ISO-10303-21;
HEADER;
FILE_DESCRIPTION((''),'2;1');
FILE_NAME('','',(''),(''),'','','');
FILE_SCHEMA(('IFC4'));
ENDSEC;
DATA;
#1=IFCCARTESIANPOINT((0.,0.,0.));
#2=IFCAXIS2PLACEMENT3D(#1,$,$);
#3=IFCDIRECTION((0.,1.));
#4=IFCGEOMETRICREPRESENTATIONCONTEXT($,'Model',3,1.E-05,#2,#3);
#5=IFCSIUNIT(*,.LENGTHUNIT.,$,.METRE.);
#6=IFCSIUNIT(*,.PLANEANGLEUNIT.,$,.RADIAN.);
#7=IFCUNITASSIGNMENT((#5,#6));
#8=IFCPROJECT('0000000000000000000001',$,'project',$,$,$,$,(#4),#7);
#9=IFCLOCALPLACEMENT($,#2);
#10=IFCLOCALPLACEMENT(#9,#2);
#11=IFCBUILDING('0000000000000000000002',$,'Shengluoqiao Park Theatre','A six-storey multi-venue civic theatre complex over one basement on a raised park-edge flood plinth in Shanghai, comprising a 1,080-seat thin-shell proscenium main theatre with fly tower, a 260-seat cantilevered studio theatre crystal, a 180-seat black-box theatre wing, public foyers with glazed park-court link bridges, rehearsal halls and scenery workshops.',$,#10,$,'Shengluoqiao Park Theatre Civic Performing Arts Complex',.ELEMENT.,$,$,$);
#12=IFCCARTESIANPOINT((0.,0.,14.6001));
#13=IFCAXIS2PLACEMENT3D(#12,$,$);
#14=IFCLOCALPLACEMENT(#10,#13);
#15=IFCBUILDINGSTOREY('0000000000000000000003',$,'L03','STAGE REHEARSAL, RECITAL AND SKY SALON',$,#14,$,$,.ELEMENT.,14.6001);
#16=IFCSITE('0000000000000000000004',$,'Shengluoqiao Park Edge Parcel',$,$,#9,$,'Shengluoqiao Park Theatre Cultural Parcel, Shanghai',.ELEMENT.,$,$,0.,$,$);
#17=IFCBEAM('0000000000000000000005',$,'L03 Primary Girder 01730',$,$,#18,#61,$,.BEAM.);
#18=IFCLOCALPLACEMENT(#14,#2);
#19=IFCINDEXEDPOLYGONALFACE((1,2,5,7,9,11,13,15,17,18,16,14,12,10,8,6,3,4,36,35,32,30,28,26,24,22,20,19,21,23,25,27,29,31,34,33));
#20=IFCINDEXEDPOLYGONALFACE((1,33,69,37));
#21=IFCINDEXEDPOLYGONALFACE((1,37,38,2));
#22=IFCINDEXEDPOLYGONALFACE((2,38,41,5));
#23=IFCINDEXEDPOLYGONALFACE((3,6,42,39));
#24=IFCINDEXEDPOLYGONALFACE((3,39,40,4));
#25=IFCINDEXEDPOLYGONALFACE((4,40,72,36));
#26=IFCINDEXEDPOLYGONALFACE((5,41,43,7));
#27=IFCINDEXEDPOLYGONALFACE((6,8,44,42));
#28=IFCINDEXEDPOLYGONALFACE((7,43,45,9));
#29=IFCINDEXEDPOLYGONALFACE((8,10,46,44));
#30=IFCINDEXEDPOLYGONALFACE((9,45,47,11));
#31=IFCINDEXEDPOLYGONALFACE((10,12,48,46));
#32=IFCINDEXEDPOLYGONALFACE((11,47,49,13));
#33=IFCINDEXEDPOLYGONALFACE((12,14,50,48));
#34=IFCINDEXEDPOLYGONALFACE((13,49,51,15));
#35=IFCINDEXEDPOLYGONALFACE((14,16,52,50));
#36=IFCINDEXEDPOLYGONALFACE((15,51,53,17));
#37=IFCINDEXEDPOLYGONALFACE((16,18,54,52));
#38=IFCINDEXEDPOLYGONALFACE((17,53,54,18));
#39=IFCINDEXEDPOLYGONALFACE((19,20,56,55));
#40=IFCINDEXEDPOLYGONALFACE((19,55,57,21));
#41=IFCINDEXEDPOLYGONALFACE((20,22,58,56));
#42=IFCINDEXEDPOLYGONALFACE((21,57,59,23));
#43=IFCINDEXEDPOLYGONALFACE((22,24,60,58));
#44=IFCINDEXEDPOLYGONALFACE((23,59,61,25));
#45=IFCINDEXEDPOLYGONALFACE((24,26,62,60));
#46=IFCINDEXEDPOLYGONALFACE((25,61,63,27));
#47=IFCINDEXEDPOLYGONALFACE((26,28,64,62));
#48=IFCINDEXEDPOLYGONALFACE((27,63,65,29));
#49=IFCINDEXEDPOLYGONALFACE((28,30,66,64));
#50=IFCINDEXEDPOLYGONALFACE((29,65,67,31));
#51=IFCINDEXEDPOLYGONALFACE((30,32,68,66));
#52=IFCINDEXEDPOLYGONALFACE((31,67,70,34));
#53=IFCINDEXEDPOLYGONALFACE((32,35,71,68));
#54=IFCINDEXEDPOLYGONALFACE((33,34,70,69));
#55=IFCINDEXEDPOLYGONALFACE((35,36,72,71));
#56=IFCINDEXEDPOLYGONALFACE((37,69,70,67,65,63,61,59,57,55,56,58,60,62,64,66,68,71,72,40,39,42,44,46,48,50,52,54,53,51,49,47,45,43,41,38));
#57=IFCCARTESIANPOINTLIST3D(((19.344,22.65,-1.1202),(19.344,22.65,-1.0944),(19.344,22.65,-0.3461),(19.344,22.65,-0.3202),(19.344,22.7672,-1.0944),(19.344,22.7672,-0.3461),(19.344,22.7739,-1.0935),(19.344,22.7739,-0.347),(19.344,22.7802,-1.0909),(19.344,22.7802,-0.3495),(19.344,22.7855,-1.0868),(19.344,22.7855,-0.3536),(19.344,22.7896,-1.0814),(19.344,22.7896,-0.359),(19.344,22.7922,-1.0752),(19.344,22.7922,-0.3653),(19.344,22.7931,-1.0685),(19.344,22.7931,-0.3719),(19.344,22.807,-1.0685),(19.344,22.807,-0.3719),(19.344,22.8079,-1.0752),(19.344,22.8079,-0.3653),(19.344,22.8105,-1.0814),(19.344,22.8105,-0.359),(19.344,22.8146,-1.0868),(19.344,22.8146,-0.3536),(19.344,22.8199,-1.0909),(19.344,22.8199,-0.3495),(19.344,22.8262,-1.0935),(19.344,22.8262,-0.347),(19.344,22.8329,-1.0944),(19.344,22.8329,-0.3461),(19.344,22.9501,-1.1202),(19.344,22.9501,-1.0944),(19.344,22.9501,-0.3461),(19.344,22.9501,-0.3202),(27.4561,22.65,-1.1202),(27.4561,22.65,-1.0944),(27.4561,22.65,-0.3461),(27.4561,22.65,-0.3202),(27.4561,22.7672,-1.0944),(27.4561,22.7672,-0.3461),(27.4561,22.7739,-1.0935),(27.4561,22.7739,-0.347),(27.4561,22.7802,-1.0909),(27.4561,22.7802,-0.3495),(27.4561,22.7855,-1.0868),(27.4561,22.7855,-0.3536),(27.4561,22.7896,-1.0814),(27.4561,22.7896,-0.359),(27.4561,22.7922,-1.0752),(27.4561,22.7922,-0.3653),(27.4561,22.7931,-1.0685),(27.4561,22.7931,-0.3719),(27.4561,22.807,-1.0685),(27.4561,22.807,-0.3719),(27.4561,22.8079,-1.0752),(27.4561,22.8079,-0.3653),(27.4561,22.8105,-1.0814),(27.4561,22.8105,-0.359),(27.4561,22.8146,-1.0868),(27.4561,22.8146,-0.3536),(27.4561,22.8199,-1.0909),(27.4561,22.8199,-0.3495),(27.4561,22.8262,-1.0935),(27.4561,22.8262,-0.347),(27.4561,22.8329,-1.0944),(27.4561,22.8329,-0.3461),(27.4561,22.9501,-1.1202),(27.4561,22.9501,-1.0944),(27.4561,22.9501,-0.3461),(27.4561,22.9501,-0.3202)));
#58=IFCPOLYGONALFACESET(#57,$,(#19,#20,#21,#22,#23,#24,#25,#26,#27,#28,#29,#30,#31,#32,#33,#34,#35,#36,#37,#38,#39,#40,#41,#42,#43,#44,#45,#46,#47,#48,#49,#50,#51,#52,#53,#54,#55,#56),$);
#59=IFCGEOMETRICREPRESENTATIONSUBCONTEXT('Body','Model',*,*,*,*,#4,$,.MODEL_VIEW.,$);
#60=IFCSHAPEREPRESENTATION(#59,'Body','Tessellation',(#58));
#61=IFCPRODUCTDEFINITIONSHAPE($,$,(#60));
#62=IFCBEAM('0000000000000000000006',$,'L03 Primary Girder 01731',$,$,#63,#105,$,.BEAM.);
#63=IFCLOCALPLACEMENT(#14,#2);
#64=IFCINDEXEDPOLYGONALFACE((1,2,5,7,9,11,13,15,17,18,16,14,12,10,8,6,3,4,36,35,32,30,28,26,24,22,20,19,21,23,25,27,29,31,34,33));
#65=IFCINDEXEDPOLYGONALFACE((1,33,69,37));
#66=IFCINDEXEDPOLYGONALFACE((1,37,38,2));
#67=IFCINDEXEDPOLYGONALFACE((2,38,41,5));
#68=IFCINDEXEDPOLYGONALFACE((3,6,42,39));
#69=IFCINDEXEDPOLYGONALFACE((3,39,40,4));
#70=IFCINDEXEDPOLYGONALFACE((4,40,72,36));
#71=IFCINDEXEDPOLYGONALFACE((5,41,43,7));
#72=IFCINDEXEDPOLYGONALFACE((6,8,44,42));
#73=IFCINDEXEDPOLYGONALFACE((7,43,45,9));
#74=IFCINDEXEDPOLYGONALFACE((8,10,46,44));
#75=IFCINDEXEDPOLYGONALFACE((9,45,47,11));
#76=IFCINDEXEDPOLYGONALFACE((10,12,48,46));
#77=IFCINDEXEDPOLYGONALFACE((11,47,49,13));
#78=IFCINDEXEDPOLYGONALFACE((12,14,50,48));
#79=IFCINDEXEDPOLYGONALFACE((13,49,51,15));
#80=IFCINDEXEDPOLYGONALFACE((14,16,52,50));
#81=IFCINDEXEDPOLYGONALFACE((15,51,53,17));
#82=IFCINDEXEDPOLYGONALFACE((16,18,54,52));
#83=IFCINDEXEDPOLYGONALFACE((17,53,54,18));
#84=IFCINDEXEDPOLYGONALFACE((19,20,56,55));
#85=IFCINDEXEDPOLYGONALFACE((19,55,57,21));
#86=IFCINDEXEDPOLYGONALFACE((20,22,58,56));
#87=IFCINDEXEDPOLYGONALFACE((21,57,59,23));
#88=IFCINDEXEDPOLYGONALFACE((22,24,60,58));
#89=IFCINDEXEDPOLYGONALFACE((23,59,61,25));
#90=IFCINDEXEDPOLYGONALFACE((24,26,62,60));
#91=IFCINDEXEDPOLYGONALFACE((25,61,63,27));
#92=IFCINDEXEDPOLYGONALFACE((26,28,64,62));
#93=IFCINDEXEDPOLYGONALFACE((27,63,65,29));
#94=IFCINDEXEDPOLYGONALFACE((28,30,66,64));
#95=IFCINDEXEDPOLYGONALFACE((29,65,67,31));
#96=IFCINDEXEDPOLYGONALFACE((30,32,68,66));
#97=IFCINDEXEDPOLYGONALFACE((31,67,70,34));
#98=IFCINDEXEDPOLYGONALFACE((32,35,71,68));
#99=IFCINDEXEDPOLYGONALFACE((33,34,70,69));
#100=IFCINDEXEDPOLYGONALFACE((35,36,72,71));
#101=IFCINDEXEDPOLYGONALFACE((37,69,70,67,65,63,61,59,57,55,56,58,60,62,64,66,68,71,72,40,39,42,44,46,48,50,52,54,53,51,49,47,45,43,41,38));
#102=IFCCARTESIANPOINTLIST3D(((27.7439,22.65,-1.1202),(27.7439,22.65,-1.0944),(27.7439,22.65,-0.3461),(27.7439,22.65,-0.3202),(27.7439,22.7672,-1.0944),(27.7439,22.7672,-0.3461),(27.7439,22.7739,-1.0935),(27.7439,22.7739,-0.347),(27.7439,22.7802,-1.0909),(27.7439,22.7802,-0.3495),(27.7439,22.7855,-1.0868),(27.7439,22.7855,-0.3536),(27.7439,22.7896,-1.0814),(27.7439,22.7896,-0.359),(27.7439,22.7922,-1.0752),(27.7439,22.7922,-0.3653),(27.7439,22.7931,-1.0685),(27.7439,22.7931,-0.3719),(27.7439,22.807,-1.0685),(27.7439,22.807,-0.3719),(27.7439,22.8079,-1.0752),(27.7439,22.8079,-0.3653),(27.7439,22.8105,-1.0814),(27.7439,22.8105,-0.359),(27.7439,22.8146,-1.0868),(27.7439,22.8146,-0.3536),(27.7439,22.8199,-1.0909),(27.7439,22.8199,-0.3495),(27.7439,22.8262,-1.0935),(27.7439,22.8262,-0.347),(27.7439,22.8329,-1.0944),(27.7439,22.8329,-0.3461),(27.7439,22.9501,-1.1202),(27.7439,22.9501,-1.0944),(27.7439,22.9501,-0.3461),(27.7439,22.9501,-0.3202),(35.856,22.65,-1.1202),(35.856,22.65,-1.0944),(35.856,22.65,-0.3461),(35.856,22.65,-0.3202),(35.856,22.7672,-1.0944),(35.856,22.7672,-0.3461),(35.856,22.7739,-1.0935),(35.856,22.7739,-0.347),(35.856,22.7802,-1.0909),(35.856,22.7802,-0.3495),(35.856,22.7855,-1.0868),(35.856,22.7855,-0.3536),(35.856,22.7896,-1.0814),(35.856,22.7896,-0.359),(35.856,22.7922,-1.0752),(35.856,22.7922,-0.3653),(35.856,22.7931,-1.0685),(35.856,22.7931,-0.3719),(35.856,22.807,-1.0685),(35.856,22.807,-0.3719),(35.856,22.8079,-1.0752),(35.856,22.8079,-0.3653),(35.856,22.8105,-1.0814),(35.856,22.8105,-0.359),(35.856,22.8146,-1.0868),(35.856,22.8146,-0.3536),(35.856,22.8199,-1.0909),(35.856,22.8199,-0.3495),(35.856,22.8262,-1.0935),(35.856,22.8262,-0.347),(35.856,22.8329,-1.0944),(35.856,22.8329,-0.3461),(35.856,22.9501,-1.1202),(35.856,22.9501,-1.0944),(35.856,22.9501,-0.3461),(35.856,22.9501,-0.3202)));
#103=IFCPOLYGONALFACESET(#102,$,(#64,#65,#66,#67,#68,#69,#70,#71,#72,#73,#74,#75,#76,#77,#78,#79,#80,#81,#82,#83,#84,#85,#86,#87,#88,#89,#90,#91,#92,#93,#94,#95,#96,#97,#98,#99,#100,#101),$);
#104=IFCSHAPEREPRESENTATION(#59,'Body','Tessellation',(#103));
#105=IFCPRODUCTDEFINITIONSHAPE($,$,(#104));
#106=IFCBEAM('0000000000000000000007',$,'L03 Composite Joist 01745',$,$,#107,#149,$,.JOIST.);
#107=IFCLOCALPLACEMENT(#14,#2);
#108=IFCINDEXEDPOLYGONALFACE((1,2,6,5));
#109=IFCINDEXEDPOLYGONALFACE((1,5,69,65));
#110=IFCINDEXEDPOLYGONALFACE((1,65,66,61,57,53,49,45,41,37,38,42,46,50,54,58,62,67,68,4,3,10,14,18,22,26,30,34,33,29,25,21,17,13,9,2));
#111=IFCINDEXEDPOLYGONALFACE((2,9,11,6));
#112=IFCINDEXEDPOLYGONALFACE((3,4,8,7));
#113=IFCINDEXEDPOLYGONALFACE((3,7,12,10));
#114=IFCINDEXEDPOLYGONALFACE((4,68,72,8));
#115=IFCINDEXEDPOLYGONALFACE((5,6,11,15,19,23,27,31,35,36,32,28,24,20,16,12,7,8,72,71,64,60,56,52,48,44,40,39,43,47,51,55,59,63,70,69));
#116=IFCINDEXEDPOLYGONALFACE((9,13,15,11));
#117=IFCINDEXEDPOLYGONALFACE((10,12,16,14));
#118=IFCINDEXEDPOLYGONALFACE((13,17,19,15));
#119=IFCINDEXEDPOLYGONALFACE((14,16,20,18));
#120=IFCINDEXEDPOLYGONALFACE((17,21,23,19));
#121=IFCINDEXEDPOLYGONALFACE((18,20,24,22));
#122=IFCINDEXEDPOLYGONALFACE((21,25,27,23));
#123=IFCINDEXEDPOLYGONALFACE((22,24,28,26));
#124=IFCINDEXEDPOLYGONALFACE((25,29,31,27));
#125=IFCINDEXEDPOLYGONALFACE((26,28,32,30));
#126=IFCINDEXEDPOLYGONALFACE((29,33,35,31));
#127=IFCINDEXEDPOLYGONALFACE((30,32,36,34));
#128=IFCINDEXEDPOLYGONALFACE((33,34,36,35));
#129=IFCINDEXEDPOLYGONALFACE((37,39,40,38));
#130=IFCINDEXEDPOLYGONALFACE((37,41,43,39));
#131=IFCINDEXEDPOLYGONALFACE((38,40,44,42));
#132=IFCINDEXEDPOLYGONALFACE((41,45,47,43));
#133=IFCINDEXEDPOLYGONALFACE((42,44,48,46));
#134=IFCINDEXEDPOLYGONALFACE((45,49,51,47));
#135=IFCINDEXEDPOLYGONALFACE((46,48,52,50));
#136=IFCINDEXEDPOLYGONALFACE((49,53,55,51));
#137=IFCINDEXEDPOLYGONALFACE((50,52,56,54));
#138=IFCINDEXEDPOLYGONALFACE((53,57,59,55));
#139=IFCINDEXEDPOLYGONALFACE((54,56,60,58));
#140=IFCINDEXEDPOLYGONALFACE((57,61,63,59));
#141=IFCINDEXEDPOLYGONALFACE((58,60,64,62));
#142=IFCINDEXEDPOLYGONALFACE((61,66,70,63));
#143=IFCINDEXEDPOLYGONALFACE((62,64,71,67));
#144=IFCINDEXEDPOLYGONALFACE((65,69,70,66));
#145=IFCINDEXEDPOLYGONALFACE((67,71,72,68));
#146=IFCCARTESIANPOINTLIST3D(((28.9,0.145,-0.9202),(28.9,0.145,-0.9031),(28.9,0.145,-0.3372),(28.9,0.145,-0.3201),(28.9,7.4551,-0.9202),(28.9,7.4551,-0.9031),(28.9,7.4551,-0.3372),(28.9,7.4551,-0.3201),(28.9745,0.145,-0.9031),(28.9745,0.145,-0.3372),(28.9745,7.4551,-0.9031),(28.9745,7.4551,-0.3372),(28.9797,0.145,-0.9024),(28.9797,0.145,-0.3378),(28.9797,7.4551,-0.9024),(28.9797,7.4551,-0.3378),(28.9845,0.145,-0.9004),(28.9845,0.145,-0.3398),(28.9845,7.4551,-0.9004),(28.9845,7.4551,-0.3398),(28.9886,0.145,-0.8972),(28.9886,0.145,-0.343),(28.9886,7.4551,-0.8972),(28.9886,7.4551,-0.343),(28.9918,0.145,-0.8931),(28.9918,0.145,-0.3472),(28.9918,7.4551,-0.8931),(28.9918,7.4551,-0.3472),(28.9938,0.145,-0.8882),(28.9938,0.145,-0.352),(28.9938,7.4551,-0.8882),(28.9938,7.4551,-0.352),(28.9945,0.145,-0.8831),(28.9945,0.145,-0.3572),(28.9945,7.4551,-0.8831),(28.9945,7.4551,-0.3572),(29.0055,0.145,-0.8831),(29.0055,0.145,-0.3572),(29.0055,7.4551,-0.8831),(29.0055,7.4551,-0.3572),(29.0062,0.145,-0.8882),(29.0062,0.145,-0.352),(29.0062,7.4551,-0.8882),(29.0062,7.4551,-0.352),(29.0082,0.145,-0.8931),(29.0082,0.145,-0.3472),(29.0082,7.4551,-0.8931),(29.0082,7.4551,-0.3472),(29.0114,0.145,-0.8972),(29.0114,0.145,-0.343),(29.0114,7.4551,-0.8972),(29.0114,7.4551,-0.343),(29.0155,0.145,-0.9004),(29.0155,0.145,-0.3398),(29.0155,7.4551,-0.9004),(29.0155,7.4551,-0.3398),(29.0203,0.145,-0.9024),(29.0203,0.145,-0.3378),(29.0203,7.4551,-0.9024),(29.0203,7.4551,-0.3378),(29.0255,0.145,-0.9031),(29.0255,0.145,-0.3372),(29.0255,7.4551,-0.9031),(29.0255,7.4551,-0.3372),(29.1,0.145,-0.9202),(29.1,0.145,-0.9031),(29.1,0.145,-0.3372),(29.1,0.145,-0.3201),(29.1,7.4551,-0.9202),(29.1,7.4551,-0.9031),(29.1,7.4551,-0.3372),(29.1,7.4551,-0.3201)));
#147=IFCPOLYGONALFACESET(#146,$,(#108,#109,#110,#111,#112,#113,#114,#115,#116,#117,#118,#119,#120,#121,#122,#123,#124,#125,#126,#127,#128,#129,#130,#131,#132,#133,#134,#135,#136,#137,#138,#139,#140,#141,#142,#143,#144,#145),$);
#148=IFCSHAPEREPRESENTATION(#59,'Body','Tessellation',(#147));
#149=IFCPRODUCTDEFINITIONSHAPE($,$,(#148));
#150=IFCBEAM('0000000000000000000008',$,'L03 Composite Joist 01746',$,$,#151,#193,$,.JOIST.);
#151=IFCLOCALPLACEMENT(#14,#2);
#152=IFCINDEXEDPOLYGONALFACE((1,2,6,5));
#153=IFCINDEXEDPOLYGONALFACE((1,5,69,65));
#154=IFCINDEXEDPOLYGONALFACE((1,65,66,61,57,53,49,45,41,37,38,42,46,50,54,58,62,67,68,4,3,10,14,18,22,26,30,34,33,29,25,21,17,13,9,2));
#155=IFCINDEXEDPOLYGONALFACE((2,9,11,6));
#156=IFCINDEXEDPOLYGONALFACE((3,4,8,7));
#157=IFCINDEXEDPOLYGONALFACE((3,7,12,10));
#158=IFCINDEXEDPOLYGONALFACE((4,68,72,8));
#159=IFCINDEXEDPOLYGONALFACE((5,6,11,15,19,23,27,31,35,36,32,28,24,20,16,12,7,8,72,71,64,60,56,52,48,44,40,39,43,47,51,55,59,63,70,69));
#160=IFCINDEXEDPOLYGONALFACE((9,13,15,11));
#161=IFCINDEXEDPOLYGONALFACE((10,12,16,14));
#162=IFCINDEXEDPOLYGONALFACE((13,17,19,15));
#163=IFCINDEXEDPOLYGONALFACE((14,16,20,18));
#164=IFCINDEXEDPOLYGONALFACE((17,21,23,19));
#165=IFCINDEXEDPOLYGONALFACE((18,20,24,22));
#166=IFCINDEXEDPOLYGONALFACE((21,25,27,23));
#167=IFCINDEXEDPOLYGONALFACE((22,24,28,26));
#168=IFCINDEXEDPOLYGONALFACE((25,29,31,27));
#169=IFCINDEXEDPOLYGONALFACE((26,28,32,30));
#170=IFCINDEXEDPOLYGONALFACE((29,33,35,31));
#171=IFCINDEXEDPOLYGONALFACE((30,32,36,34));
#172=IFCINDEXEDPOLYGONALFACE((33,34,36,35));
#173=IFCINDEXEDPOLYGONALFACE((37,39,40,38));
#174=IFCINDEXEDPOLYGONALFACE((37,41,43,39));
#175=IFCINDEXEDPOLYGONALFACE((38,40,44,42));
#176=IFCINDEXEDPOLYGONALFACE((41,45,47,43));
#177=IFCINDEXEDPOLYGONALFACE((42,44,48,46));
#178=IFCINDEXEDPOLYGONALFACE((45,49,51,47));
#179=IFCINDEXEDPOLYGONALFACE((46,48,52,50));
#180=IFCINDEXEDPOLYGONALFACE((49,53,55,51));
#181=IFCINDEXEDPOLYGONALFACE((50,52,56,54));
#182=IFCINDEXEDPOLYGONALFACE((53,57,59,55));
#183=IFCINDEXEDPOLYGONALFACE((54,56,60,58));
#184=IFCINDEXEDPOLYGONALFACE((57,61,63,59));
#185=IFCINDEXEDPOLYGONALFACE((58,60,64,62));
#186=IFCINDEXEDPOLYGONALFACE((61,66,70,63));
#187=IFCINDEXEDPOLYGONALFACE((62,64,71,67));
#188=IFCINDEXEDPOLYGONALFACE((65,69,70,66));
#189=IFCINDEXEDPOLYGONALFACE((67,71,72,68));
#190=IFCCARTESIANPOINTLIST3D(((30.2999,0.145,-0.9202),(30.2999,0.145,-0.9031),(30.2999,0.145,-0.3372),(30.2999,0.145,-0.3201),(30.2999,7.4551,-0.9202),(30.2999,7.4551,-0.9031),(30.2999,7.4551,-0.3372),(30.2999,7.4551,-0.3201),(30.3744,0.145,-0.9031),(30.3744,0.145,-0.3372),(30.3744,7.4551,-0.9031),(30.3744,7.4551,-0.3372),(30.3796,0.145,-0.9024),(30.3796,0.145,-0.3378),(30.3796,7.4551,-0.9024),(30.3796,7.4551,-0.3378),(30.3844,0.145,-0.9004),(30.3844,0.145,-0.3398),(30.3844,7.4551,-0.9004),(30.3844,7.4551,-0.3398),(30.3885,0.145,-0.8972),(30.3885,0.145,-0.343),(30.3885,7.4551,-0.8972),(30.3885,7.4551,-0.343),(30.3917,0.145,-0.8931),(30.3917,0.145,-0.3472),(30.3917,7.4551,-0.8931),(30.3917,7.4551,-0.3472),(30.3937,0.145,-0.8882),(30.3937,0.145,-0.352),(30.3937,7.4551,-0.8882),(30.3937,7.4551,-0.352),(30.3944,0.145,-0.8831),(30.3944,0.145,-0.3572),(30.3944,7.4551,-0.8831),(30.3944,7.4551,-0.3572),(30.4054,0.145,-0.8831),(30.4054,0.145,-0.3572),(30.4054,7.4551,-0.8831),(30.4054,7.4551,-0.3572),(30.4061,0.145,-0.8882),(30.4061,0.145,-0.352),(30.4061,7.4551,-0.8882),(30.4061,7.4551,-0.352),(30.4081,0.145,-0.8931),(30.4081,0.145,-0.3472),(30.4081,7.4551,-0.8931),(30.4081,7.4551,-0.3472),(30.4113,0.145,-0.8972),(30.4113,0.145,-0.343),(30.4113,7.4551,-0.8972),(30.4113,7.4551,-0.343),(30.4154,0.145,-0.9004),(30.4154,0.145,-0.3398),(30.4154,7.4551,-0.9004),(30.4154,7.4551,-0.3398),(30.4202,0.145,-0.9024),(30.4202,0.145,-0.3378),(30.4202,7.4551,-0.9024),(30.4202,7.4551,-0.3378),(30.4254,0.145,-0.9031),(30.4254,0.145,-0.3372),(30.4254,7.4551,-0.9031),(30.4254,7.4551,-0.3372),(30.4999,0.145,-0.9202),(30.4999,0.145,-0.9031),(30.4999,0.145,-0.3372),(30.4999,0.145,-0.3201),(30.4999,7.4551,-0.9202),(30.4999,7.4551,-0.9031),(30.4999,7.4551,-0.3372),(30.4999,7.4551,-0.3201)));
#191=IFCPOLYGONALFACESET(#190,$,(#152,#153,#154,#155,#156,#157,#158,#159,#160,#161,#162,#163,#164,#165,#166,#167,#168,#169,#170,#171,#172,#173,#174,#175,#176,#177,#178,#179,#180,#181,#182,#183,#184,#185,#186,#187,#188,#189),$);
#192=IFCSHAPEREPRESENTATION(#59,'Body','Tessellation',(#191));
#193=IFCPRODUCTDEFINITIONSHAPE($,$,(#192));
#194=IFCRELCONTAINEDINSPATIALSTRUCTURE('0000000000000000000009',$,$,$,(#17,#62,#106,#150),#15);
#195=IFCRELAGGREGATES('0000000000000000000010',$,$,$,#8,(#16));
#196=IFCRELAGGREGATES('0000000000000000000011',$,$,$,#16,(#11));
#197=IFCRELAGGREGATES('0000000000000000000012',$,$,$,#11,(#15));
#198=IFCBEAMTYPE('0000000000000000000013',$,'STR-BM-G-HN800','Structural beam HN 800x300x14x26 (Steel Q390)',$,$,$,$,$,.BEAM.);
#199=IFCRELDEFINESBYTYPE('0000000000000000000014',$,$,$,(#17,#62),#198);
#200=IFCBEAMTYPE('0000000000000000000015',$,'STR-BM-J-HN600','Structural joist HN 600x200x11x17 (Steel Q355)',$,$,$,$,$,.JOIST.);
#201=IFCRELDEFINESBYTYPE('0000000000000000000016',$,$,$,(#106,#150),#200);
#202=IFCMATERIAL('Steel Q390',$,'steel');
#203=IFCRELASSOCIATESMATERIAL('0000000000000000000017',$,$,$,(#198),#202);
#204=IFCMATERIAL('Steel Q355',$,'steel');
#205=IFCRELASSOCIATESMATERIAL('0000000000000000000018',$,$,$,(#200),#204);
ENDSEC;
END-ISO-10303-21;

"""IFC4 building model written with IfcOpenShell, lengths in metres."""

from ifc_helpers import new_model, si_unit, direction, frame, origin, origin_2d, place, context, subcontext, project, spatial, i_section, extrude, material, material_profile, profile_set, type_object, element, save


model = new_model("IFC4")

# Units and contexts
model_context = context("Model", 3, precision=1e-05, world=origin(), true_north=direction((0.0, 1.0)))
body_context = subcontext(model_context, "Body", "Model", "MODEL_VIEW")
ifc_project = project(units=[si_unit("LENGTHUNIT", "METRE"), si_unit("PLANEANGLEUNIT", "RADIAN")], contexts=[model_context])

# Site, building, storey
site_placement = place(None, origin())
site = spatial("IfcSite", under=ifc_project, at=site_placement, Name="Shengluoqiao Park Edge Parcel", LongName="Shengluoqiao Park Theatre Cultural Parcel, Shanghai", CompositionType="ELEMENT", RefElevation=0.0)
building_placement = place(site_placement, origin())
building = spatial("IfcBuilding", under=site, at=building_placement, Name="Shengluoqiao Park Theatre", Description="A six-storey multi-venue civic theatre complex over one basement on a raised park-edge flood plinth in Shanghai, comprising a 1,080-seat thin-shell proscenium main theatre with fly tower, a 260-seat cantilevered studio theatre crystal, a 180-seat black-box theatre wing, public foyers with glazed park-court link bridges, rehearsal halls and scenery workshops.", LongName="Shengluoqiao Park Theatre Civic Performing Arts Complex", CompositionType="ELEMENT")
storey_placement = place(building_placement, frame((0.0, 0.0, 14.6001)))
storey = spatial("IfcBuildingStorey", under=building, at=storey_placement, Name="L03", Description="STAGE REHEARSAL, RECITAL AND SKY SALON", CompositionType="ELEMENT", Elevation=14.6001)

# Beams
ifc_material_1 = material(Name="Steel Q355", Category="steel")
ifc_material_2 = material(Name="Steel Q390", Category="steel")
ifc_material_profile_1 = material_profile(ifc_material_2, i_section(OverallWidth=0.3, OverallDepth=0.8, WebThickness=0.0139, FlangeThickness=0.0259, FilletRadius=0.0259, at=origin_2d()), Name="HN 800x300x14x26")
ifc_profile_set_1 = profile_set([ifc_material_profile_1], Name="Steel Q390")
beam_type_1 = type_object("IfcBeamType", Name="STR-BM-G-HN800", Description="Structural beam HN 800x300x14x26 (Steel Q390)", PredefinedType="BEAM", material=ifc_profile_set_1)
for number, where, z_axis, x_axis, name in (
    (1, (19.344, 22.8, -0.7202), (1.0, 0.0, 0.0), (0.0, 1.0, 0.0), "L03 Primary Girder 01730"),
    (2, (27.7439, 22.8, -0.7202), (1.0, 0.0, 0.0), (0.0, 1.0, 0.0), "L03 Primary Girder 01731"),
):
    element("IfcBeam", number, at=place(storey_placement, frame(where, z_axis=z_axis, x_axis=x_axis)), inside=storey, type_object=beam_type_1, Name=name, PredefinedType="BEAM", context=body_context, shape_type="SweptSolid", body=[
        extrude(i_section(OverallWidth=0.3, OverallDepth=0.8, WebThickness=0.0139, FlangeThickness=0.0259, FilletRadius=0.0259, at=origin_2d()), origin(), (0.0, 0.0, 1.0), 8.1121),
    ])
ifc_material_profile_2 = material_profile(ifc_material_1, i_section(OverallWidth=0.2, OverallDepth=0.6001, WebThickness=0.011, FlangeThickness=0.0171, FilletRadius=0.02, at=origin_2d()), Name="HN 600x200x11x17")
ifc_profile_set_2 = profile_set([ifc_material_profile_2], Name="Steel Q355")
beam_type_2 = type_object("IfcBeamType", Name="STR-BM-J-HN600", Description="Structural joist HN 600x200x11x17 (Steel Q355)", PredefinedType="JOIST", material=ifc_profile_set_2)
for number, where, z_axis, x_axis, name in (
    (3, (29.0, 0.145, -0.6201), (0.0, 1.0, 0.0), (-1.0, 0.0, 0.0), "L03 Composite Joist 01745"),
    (4, (30.3999, 0.145, -0.6201), (0.0, 1.0, 0.0), (-1.0, 0.0, 0.0), "L03 Composite Joist 01746"),
):
    element("IfcBeam", number, at=place(storey_placement, frame(where, z_axis=z_axis, x_axis=x_axis)), inside=storey, type_object=beam_type_2, Name=name, PredefinedType="JOIST", context=body_context, shape_type="SweptSolid", body=[
        extrude(i_section(OverallWidth=0.2, OverallDepth=0.6001, WebThickness=0.011, FlangeThickness=0.0171, FilletRadius=0.02, at=origin_2d()), origin(), (0.0, 0.0, 1.0), 7.3101),
    ])

save(model, "model.ifc")
